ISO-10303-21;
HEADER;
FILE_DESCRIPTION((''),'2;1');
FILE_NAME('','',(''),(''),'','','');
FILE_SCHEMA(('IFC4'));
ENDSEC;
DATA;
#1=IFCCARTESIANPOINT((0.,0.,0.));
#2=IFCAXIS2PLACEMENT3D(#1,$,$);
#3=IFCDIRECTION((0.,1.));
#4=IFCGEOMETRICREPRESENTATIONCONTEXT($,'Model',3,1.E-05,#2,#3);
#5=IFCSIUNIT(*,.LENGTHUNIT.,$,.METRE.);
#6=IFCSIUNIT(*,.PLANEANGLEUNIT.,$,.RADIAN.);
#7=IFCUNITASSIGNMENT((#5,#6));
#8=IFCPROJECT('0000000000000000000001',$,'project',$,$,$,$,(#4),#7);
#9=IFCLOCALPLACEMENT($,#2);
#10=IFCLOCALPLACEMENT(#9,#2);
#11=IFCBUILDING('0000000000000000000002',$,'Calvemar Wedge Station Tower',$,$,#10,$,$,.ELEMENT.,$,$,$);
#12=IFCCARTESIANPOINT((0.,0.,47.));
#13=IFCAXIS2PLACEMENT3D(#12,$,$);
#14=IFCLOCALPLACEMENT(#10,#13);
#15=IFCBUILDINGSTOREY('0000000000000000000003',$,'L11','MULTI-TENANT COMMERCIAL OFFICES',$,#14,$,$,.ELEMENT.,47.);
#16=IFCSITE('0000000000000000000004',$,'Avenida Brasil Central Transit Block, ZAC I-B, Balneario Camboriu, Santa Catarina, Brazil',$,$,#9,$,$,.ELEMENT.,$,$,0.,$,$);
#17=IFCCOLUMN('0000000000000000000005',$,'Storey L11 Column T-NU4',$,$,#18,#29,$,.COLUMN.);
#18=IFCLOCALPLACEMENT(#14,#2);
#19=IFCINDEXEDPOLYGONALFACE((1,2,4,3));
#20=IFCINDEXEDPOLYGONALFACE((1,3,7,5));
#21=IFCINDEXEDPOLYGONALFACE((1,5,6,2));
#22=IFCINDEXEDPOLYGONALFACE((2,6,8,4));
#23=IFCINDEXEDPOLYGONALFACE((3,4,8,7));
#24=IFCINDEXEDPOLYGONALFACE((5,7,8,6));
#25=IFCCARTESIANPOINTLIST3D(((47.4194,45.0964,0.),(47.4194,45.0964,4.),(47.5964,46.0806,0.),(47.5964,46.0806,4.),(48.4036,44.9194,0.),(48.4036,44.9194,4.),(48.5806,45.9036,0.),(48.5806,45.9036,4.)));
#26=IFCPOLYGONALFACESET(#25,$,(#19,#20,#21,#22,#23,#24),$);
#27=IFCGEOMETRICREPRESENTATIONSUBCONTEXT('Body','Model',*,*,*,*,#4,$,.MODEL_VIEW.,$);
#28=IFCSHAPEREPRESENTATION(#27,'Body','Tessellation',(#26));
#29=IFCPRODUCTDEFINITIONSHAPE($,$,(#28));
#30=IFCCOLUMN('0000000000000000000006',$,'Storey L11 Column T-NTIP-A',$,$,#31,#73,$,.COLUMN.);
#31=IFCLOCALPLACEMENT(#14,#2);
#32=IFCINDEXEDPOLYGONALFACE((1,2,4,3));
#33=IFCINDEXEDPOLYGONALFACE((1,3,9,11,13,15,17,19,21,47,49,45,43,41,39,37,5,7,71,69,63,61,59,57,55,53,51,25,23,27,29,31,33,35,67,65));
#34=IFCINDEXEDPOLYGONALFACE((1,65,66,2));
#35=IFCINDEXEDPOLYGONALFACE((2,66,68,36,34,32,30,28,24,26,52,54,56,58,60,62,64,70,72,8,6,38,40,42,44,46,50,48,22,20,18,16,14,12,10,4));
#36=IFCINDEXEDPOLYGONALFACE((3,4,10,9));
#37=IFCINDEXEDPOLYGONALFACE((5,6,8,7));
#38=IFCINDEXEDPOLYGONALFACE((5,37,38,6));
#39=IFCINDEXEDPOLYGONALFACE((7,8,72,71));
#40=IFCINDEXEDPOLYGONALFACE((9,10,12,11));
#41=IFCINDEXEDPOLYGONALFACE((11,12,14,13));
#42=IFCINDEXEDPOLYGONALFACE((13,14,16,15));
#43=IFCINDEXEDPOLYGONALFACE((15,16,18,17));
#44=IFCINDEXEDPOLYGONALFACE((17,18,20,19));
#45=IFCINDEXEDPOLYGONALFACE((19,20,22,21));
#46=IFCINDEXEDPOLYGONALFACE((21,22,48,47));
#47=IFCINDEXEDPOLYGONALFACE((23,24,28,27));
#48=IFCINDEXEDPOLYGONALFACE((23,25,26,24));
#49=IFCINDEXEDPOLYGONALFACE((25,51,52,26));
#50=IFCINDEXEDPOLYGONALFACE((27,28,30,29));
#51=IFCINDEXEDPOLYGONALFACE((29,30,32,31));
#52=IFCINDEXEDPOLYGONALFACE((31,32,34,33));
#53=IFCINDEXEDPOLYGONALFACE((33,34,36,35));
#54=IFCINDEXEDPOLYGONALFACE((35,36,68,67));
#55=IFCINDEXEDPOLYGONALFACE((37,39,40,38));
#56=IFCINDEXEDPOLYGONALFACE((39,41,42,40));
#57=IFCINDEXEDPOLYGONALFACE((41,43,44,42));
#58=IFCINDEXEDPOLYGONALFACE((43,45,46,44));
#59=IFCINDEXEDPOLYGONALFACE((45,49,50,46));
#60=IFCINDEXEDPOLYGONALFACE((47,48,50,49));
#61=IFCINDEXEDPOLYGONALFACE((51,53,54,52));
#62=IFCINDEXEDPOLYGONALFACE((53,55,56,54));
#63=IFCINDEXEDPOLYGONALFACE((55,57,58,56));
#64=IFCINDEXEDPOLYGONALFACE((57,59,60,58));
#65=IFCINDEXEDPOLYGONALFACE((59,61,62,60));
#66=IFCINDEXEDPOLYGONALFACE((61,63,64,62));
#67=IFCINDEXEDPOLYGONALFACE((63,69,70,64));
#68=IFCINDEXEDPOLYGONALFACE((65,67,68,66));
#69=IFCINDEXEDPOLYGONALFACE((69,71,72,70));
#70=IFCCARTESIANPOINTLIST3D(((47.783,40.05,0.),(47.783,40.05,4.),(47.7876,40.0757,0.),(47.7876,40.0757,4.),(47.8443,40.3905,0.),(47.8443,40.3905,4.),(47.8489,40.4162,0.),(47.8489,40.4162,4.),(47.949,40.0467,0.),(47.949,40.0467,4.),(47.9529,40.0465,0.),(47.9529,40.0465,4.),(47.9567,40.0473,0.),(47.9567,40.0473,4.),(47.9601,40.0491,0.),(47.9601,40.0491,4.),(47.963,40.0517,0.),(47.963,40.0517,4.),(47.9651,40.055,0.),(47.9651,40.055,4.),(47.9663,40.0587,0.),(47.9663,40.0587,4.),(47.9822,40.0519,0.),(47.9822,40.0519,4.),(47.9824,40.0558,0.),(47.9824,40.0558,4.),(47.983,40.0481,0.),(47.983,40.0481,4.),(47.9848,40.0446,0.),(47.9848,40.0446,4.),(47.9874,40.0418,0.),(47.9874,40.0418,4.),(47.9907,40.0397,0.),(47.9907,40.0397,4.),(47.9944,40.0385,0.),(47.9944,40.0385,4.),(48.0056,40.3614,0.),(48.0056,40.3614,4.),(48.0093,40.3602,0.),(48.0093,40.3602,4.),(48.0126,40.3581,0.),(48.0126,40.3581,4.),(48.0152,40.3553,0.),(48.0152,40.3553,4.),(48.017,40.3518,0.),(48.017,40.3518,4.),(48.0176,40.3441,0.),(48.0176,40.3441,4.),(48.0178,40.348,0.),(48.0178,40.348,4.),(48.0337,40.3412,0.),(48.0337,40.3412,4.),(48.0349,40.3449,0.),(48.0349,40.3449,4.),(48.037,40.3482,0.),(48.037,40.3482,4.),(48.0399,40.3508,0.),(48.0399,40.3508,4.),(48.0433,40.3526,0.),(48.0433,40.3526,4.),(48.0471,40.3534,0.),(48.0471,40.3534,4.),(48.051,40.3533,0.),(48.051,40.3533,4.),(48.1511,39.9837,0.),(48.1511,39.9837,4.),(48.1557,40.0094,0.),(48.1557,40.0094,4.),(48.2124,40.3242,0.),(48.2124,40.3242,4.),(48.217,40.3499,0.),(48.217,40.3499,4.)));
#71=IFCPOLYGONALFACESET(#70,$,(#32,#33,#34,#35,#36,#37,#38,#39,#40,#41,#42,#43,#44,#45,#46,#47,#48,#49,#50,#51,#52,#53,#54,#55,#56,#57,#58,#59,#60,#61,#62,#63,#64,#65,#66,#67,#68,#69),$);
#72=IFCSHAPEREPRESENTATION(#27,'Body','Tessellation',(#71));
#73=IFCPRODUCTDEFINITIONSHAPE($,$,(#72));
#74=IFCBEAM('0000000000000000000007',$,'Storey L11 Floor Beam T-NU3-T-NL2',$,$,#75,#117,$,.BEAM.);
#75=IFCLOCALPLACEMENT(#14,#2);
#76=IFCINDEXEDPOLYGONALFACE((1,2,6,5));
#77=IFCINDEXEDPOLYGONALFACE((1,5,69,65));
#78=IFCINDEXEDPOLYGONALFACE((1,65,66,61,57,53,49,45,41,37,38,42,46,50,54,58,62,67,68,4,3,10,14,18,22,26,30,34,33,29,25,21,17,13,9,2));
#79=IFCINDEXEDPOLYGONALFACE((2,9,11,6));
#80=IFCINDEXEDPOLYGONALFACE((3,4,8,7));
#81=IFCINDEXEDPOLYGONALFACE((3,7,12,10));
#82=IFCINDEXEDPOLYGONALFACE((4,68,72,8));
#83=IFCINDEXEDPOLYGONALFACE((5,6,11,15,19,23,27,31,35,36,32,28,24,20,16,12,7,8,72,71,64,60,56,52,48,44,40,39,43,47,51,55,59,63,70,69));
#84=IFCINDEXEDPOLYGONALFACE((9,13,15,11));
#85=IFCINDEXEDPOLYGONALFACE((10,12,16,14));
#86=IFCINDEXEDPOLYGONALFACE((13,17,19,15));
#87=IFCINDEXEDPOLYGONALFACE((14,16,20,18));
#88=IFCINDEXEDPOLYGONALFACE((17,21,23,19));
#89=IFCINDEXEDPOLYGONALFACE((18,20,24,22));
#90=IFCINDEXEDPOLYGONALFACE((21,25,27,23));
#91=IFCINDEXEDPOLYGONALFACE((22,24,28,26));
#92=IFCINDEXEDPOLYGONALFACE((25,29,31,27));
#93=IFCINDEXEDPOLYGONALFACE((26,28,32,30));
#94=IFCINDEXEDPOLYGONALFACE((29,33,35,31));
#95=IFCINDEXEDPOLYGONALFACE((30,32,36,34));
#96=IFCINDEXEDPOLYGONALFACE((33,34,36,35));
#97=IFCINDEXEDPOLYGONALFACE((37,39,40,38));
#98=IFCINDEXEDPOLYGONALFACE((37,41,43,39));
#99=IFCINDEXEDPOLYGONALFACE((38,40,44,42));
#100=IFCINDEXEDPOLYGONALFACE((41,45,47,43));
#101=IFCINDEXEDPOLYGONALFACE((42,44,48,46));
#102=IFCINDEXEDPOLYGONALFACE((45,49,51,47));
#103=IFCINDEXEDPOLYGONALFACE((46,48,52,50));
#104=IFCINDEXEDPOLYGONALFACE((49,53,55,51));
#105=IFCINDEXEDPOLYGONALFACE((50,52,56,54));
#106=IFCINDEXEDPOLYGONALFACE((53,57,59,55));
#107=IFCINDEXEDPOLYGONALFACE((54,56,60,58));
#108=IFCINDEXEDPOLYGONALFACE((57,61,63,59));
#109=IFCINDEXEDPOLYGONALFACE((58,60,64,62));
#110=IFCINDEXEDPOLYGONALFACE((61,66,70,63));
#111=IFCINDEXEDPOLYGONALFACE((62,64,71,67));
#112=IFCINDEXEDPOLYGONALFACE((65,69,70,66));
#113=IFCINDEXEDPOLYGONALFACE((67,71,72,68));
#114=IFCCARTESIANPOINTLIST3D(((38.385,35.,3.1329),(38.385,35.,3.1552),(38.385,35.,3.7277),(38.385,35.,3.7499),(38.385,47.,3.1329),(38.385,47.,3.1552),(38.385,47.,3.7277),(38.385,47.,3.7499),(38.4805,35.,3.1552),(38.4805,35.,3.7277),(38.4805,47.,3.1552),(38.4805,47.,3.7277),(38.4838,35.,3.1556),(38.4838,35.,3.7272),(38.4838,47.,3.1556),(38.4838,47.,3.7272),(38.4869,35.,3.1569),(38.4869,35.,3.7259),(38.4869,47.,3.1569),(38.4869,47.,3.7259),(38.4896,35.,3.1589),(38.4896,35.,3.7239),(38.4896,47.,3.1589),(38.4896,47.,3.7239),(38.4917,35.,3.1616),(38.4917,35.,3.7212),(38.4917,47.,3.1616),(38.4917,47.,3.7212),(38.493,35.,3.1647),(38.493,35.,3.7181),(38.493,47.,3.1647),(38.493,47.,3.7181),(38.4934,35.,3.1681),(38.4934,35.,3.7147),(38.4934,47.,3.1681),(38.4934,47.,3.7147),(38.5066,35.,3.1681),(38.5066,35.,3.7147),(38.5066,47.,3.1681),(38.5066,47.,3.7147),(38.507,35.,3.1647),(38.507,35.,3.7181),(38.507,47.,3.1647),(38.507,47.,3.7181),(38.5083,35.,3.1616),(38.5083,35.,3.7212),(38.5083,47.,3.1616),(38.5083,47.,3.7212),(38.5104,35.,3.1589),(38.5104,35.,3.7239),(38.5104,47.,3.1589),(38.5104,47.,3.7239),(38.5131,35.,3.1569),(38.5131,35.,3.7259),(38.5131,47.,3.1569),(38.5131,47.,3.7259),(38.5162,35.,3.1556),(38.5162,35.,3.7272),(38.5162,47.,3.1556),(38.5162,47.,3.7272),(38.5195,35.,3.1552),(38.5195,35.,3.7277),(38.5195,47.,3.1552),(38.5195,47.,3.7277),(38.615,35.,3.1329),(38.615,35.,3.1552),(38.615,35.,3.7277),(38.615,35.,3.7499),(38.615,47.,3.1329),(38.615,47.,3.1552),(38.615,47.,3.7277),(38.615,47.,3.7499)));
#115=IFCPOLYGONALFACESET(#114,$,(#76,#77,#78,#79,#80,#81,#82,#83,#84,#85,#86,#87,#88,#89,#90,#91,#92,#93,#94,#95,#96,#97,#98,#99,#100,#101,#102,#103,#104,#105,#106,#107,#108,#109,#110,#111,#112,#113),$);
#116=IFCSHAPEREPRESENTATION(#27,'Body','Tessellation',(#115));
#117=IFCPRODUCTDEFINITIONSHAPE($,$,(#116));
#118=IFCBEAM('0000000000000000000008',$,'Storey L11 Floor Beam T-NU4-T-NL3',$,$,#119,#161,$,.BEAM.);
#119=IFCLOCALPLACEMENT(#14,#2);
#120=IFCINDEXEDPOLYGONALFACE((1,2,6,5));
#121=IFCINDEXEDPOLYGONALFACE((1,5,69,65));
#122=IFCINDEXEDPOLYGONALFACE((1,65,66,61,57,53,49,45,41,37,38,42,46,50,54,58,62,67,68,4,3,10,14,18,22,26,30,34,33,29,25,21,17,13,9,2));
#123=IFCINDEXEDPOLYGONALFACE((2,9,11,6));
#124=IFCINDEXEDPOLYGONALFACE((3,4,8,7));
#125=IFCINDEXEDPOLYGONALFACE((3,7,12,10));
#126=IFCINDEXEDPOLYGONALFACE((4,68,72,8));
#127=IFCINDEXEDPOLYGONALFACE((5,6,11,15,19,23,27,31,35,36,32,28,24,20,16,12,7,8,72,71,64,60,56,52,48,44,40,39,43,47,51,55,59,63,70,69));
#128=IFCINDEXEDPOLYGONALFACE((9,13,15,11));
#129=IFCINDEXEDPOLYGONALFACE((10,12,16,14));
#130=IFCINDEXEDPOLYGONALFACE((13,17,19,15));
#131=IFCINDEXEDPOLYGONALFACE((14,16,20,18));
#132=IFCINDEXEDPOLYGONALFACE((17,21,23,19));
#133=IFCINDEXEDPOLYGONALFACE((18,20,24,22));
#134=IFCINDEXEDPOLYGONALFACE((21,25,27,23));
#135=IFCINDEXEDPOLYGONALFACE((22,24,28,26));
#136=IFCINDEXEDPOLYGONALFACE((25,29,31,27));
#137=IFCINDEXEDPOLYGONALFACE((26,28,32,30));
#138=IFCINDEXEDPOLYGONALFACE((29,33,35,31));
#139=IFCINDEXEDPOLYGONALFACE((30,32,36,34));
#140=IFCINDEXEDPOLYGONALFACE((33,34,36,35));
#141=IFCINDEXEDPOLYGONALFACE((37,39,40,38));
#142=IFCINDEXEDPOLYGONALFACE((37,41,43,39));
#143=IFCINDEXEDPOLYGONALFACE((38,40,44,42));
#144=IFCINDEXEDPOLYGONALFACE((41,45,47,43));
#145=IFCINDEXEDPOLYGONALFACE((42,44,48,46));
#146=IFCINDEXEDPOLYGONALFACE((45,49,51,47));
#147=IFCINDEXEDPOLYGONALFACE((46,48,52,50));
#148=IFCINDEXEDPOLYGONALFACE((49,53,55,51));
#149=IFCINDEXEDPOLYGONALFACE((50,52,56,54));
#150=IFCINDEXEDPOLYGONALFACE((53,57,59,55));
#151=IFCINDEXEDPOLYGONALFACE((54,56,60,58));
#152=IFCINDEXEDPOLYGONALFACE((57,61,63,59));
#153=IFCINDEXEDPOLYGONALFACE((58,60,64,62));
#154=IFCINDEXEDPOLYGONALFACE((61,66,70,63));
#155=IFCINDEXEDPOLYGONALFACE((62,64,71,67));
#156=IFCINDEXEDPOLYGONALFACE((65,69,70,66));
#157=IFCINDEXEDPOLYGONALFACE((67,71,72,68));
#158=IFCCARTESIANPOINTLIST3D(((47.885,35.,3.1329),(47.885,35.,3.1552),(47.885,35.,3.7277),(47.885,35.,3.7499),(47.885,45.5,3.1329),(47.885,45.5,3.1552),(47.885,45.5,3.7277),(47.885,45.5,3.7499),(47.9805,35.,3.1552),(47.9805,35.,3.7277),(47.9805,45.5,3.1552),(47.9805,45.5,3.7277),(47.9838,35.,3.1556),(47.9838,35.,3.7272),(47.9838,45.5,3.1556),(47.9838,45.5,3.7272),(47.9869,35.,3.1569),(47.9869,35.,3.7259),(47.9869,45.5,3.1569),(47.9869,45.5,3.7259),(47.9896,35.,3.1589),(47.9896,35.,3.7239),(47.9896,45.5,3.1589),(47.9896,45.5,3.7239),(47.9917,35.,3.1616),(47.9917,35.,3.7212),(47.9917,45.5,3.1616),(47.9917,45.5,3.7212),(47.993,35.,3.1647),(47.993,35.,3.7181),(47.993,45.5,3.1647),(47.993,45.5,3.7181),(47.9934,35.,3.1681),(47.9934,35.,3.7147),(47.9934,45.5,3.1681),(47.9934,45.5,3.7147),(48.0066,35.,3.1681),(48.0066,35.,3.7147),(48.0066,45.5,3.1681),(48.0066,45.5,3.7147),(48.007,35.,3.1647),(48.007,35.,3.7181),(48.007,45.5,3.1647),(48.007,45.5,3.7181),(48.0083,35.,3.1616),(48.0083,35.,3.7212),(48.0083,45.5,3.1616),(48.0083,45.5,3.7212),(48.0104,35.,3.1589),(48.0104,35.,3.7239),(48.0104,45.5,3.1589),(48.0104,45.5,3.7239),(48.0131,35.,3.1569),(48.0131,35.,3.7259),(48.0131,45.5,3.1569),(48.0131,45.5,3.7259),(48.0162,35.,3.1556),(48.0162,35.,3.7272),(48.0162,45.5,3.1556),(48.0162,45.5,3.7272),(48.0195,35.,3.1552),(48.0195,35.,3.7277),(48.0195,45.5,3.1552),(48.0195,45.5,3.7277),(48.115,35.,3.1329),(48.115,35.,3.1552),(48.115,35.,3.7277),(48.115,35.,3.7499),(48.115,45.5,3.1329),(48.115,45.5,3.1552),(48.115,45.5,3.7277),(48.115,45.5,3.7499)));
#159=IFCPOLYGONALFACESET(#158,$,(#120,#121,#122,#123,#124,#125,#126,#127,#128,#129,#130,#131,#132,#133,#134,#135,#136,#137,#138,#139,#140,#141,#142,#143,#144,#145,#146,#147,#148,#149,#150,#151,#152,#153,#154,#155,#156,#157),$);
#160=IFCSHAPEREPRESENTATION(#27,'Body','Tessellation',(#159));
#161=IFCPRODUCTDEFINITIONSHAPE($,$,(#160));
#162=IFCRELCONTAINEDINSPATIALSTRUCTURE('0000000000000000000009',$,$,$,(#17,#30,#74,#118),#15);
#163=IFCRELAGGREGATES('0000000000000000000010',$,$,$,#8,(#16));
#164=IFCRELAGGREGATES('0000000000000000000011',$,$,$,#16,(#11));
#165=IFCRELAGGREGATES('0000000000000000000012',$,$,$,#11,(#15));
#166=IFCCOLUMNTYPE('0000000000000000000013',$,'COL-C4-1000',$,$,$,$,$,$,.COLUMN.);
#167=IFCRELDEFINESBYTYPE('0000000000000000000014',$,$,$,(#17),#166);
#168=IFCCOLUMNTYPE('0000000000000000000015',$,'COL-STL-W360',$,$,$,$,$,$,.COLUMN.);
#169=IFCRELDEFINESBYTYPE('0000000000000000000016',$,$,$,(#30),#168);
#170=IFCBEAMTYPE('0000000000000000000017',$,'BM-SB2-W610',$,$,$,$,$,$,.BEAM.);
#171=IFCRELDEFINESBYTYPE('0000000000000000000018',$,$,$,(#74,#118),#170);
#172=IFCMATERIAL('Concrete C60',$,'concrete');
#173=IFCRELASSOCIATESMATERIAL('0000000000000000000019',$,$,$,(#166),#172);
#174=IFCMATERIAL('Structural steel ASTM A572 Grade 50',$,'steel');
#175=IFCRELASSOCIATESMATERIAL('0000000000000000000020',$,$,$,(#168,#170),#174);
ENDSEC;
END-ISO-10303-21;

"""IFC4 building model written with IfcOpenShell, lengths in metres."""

from ifc_helpers import new_model, si_unit, direction, frame, origin, origin_2d, place, context, subcontext, project, spatial, rectangle, i_section, extrude, source, transform, mapped, material, material_profile, profile_set, type_object, element, save


model = new_model("IFC4")

# Units and contexts
model_context = context("Model", 3, precision=1e-05, world=origin(), true_north=direction((0.0, 1.0)))
body_context = subcontext(model_context, "Body", "Model", "MODEL_VIEW")
ifc_project = project(units=[si_unit("LENGTHUNIT", "METRE"), si_unit("PLANEANGLEUNIT", "RADIAN")], contexts=[model_context])

# Site, building, storey
site_placement = place(None, origin())
site = spatial("IfcSite", under=ifc_project, at=site_placement, Name="Avenida Brasil Central Transit Block, ZAC I-B, Balneario Camboriu, Santa Catarina, Brazil", CompositionType="ELEMENT", RefElevation=0.0)
building_placement = place(site_placement, origin())
building = spatial("IfcBuilding", under=site, at=building_placement, Name="Calvemar Wedge Station Tower", CompositionType="ELEMENT")
storey_placement = place(building_placement, frame((0.0, 0.0, 47.0)))
storey = spatial("IfcBuildingStorey", under=building, at=storey_placement, Name="L11", Description="MULTI-TENANT COMMERCIAL OFFICES", CompositionType="ELEMENT", Elevation=47.0)

# Columns
ifc_material_1 = material(Name="Concrete C60", Category="concrete")
ifc_material_profile_1 = material_profile(ifc_material_1, rectangle(XDim=1.0, YDim=1.0, at=origin_2d()), Name="RC1000x1000")
ifc_profile_set_1 = profile_set([ifc_material_profile_1], Name="Concrete C60")
column_type_1 = type_object("IfcColumnType", Name="COL-C4-1000", PredefinedType="COLUMN", material=ifc_profile_set_1)
shared_shape_1 = source(origin(), body_context, "Body", "SweptSolid", [
    extrude(rectangle(XDim=1.0, YDim=1.0, at=origin_2d()), origin(), (0.0, 0.0, 1.0), 4.0),
])
column_1_placement = place(storey_placement, frame((48.0, 45.5, 0.0), z_axis=(0.0, 0.0, 1.0), x_axis=(0.984196, -0.177085, 0.0)))
element("IfcColumn", 1, at=column_1_placement, inside=storey, type_object=column_type_1, Name="Storey L11 Column T-NU4", PredefinedType="COLUMN", context=body_context, shape_type="MappedRepresentation", body=[
    mapped(shared_shape_1, transform((0.0, 0.0, 0.0), scale=1.0)),
])
ifc_material_2 = material(Name="Structural steel ASTM A572 Grade 50", Category="steel")
ifc_material_profile_2 = material_profile(ifc_material_2, i_section(OverallWidth=0.374, OverallDepth=0.3721, WebThickness=0.0164, FlangeThickness=0.0261, FilletRadius=0.0149, at=origin_2d()), Name="W360x196")
ifc_profile_set_2 = profile_set([ifc_material_profile_2], Name="Structural steel ASTM A572 Grade 50")
column_type_2 = type_object("IfcColumnType", Name="COL-STL-W360", PredefinedType="COLUMN", material=ifc_profile_set_2)
shared_shape_2 = source(origin(), body_context, "Body", "SweptSolid", [
    extrude(i_section(OverallWidth=0.374, OverallDepth=0.3721, WebThickness=0.0164, FlangeThickness=0.0261, FilletRadius=0.0149, at=origin_2d()), origin(), (0.0, 0.0, 1.0), 4.0),
])
column_2_placement = place(storey_placement, frame((48.0, 40.2, 0.0), z_axis=(0.0, 0.0, 1.0), x_axis=(0.984196, -0.177085, 0.0)))
element("IfcColumn", 2, at=column_2_placement, inside=storey, type_object=column_type_2, Name="Storey L11 Column T-NTIP-A", PredefinedType="COLUMN", context=body_context, shape_type="MappedRepresentation", body=[
    mapped(shared_shape_2, transform((0.0, 0.0, 0.0), scale=1.0)),
])

# Beams
ifc_material_profile_3 = material_profile(ifc_material_2, i_section(OverallWidth=0.23, OverallDepth=0.6169, WebThickness=0.0132, FlangeThickness=0.0222, FilletRadius=0.0129, at=origin_2d()), Name="W610x140")
ifc_profile_set_3 = profile_set([ifc_material_profile_3], Name="Structural steel ASTM A572 Grade 50")
beam_type_1 = type_object("IfcBeamType", Name="BM-SB2-W610", PredefinedType="BEAM", material=ifc_profile_set_3)
shared_shape_3 = source(origin(), body_context, "Body", "SweptSolid", [
    extrude(i_section(OverallWidth=0.23, OverallDepth=0.6169, WebThickness=0.0132, FlangeThickness=0.0222, FilletRadius=0.0129, at=origin_2d()), origin(), (0.0, 0.0, 1.0), 12.0),
])
beam_1_placement = place(storey_placement, frame((38.5, 47.0, 3.4414), z_axis=(0.0, -1.0, 0.0), x_axis=(1.0, 0.0, 0.0)))
element("IfcBeam", 3, at=beam_1_placement, inside=storey, type_object=beam_type_1, Name="Storey L11 Floor Beam T-NU3-T-NL2", PredefinedType="BEAM", context=body_context, shape_type="MappedRepresentation", body=[
    mapped(shared_shape_3, transform((0.0, 0.0, 0.0), scale=1.0)),
])
shared_shape_4 = source(origin(), body_context, "Body", "SweptSolid", [
    extrude(i_section(OverallWidth=0.23, OverallDepth=0.6169, WebThickness=0.0132, FlangeThickness=0.0222, FilletRadius=0.0129, at=origin_2d()), origin(), (0.0, 0.0, 1.0), 10.5),
])
beam_2_placement = place(storey_placement, frame((48.0, 45.5, 3.4414), z_axis=(0.0, -1.0, 0.0), x_axis=(1.0, 0.0, 0.0)))
element("IfcBeam", 4, at=beam_2_placement, inside=storey, type_object=beam_type_1, Name="Storey L11 Floor Beam T-NU4-T-NL3", PredefinedType="BEAM", context=body_context, shape_type="MappedRepresentation", body=[
    mapped(shared_shape_4, transform((0.0, 0.0, 0.0), scale=1.0)),
])

save(model, "model.ifc")
